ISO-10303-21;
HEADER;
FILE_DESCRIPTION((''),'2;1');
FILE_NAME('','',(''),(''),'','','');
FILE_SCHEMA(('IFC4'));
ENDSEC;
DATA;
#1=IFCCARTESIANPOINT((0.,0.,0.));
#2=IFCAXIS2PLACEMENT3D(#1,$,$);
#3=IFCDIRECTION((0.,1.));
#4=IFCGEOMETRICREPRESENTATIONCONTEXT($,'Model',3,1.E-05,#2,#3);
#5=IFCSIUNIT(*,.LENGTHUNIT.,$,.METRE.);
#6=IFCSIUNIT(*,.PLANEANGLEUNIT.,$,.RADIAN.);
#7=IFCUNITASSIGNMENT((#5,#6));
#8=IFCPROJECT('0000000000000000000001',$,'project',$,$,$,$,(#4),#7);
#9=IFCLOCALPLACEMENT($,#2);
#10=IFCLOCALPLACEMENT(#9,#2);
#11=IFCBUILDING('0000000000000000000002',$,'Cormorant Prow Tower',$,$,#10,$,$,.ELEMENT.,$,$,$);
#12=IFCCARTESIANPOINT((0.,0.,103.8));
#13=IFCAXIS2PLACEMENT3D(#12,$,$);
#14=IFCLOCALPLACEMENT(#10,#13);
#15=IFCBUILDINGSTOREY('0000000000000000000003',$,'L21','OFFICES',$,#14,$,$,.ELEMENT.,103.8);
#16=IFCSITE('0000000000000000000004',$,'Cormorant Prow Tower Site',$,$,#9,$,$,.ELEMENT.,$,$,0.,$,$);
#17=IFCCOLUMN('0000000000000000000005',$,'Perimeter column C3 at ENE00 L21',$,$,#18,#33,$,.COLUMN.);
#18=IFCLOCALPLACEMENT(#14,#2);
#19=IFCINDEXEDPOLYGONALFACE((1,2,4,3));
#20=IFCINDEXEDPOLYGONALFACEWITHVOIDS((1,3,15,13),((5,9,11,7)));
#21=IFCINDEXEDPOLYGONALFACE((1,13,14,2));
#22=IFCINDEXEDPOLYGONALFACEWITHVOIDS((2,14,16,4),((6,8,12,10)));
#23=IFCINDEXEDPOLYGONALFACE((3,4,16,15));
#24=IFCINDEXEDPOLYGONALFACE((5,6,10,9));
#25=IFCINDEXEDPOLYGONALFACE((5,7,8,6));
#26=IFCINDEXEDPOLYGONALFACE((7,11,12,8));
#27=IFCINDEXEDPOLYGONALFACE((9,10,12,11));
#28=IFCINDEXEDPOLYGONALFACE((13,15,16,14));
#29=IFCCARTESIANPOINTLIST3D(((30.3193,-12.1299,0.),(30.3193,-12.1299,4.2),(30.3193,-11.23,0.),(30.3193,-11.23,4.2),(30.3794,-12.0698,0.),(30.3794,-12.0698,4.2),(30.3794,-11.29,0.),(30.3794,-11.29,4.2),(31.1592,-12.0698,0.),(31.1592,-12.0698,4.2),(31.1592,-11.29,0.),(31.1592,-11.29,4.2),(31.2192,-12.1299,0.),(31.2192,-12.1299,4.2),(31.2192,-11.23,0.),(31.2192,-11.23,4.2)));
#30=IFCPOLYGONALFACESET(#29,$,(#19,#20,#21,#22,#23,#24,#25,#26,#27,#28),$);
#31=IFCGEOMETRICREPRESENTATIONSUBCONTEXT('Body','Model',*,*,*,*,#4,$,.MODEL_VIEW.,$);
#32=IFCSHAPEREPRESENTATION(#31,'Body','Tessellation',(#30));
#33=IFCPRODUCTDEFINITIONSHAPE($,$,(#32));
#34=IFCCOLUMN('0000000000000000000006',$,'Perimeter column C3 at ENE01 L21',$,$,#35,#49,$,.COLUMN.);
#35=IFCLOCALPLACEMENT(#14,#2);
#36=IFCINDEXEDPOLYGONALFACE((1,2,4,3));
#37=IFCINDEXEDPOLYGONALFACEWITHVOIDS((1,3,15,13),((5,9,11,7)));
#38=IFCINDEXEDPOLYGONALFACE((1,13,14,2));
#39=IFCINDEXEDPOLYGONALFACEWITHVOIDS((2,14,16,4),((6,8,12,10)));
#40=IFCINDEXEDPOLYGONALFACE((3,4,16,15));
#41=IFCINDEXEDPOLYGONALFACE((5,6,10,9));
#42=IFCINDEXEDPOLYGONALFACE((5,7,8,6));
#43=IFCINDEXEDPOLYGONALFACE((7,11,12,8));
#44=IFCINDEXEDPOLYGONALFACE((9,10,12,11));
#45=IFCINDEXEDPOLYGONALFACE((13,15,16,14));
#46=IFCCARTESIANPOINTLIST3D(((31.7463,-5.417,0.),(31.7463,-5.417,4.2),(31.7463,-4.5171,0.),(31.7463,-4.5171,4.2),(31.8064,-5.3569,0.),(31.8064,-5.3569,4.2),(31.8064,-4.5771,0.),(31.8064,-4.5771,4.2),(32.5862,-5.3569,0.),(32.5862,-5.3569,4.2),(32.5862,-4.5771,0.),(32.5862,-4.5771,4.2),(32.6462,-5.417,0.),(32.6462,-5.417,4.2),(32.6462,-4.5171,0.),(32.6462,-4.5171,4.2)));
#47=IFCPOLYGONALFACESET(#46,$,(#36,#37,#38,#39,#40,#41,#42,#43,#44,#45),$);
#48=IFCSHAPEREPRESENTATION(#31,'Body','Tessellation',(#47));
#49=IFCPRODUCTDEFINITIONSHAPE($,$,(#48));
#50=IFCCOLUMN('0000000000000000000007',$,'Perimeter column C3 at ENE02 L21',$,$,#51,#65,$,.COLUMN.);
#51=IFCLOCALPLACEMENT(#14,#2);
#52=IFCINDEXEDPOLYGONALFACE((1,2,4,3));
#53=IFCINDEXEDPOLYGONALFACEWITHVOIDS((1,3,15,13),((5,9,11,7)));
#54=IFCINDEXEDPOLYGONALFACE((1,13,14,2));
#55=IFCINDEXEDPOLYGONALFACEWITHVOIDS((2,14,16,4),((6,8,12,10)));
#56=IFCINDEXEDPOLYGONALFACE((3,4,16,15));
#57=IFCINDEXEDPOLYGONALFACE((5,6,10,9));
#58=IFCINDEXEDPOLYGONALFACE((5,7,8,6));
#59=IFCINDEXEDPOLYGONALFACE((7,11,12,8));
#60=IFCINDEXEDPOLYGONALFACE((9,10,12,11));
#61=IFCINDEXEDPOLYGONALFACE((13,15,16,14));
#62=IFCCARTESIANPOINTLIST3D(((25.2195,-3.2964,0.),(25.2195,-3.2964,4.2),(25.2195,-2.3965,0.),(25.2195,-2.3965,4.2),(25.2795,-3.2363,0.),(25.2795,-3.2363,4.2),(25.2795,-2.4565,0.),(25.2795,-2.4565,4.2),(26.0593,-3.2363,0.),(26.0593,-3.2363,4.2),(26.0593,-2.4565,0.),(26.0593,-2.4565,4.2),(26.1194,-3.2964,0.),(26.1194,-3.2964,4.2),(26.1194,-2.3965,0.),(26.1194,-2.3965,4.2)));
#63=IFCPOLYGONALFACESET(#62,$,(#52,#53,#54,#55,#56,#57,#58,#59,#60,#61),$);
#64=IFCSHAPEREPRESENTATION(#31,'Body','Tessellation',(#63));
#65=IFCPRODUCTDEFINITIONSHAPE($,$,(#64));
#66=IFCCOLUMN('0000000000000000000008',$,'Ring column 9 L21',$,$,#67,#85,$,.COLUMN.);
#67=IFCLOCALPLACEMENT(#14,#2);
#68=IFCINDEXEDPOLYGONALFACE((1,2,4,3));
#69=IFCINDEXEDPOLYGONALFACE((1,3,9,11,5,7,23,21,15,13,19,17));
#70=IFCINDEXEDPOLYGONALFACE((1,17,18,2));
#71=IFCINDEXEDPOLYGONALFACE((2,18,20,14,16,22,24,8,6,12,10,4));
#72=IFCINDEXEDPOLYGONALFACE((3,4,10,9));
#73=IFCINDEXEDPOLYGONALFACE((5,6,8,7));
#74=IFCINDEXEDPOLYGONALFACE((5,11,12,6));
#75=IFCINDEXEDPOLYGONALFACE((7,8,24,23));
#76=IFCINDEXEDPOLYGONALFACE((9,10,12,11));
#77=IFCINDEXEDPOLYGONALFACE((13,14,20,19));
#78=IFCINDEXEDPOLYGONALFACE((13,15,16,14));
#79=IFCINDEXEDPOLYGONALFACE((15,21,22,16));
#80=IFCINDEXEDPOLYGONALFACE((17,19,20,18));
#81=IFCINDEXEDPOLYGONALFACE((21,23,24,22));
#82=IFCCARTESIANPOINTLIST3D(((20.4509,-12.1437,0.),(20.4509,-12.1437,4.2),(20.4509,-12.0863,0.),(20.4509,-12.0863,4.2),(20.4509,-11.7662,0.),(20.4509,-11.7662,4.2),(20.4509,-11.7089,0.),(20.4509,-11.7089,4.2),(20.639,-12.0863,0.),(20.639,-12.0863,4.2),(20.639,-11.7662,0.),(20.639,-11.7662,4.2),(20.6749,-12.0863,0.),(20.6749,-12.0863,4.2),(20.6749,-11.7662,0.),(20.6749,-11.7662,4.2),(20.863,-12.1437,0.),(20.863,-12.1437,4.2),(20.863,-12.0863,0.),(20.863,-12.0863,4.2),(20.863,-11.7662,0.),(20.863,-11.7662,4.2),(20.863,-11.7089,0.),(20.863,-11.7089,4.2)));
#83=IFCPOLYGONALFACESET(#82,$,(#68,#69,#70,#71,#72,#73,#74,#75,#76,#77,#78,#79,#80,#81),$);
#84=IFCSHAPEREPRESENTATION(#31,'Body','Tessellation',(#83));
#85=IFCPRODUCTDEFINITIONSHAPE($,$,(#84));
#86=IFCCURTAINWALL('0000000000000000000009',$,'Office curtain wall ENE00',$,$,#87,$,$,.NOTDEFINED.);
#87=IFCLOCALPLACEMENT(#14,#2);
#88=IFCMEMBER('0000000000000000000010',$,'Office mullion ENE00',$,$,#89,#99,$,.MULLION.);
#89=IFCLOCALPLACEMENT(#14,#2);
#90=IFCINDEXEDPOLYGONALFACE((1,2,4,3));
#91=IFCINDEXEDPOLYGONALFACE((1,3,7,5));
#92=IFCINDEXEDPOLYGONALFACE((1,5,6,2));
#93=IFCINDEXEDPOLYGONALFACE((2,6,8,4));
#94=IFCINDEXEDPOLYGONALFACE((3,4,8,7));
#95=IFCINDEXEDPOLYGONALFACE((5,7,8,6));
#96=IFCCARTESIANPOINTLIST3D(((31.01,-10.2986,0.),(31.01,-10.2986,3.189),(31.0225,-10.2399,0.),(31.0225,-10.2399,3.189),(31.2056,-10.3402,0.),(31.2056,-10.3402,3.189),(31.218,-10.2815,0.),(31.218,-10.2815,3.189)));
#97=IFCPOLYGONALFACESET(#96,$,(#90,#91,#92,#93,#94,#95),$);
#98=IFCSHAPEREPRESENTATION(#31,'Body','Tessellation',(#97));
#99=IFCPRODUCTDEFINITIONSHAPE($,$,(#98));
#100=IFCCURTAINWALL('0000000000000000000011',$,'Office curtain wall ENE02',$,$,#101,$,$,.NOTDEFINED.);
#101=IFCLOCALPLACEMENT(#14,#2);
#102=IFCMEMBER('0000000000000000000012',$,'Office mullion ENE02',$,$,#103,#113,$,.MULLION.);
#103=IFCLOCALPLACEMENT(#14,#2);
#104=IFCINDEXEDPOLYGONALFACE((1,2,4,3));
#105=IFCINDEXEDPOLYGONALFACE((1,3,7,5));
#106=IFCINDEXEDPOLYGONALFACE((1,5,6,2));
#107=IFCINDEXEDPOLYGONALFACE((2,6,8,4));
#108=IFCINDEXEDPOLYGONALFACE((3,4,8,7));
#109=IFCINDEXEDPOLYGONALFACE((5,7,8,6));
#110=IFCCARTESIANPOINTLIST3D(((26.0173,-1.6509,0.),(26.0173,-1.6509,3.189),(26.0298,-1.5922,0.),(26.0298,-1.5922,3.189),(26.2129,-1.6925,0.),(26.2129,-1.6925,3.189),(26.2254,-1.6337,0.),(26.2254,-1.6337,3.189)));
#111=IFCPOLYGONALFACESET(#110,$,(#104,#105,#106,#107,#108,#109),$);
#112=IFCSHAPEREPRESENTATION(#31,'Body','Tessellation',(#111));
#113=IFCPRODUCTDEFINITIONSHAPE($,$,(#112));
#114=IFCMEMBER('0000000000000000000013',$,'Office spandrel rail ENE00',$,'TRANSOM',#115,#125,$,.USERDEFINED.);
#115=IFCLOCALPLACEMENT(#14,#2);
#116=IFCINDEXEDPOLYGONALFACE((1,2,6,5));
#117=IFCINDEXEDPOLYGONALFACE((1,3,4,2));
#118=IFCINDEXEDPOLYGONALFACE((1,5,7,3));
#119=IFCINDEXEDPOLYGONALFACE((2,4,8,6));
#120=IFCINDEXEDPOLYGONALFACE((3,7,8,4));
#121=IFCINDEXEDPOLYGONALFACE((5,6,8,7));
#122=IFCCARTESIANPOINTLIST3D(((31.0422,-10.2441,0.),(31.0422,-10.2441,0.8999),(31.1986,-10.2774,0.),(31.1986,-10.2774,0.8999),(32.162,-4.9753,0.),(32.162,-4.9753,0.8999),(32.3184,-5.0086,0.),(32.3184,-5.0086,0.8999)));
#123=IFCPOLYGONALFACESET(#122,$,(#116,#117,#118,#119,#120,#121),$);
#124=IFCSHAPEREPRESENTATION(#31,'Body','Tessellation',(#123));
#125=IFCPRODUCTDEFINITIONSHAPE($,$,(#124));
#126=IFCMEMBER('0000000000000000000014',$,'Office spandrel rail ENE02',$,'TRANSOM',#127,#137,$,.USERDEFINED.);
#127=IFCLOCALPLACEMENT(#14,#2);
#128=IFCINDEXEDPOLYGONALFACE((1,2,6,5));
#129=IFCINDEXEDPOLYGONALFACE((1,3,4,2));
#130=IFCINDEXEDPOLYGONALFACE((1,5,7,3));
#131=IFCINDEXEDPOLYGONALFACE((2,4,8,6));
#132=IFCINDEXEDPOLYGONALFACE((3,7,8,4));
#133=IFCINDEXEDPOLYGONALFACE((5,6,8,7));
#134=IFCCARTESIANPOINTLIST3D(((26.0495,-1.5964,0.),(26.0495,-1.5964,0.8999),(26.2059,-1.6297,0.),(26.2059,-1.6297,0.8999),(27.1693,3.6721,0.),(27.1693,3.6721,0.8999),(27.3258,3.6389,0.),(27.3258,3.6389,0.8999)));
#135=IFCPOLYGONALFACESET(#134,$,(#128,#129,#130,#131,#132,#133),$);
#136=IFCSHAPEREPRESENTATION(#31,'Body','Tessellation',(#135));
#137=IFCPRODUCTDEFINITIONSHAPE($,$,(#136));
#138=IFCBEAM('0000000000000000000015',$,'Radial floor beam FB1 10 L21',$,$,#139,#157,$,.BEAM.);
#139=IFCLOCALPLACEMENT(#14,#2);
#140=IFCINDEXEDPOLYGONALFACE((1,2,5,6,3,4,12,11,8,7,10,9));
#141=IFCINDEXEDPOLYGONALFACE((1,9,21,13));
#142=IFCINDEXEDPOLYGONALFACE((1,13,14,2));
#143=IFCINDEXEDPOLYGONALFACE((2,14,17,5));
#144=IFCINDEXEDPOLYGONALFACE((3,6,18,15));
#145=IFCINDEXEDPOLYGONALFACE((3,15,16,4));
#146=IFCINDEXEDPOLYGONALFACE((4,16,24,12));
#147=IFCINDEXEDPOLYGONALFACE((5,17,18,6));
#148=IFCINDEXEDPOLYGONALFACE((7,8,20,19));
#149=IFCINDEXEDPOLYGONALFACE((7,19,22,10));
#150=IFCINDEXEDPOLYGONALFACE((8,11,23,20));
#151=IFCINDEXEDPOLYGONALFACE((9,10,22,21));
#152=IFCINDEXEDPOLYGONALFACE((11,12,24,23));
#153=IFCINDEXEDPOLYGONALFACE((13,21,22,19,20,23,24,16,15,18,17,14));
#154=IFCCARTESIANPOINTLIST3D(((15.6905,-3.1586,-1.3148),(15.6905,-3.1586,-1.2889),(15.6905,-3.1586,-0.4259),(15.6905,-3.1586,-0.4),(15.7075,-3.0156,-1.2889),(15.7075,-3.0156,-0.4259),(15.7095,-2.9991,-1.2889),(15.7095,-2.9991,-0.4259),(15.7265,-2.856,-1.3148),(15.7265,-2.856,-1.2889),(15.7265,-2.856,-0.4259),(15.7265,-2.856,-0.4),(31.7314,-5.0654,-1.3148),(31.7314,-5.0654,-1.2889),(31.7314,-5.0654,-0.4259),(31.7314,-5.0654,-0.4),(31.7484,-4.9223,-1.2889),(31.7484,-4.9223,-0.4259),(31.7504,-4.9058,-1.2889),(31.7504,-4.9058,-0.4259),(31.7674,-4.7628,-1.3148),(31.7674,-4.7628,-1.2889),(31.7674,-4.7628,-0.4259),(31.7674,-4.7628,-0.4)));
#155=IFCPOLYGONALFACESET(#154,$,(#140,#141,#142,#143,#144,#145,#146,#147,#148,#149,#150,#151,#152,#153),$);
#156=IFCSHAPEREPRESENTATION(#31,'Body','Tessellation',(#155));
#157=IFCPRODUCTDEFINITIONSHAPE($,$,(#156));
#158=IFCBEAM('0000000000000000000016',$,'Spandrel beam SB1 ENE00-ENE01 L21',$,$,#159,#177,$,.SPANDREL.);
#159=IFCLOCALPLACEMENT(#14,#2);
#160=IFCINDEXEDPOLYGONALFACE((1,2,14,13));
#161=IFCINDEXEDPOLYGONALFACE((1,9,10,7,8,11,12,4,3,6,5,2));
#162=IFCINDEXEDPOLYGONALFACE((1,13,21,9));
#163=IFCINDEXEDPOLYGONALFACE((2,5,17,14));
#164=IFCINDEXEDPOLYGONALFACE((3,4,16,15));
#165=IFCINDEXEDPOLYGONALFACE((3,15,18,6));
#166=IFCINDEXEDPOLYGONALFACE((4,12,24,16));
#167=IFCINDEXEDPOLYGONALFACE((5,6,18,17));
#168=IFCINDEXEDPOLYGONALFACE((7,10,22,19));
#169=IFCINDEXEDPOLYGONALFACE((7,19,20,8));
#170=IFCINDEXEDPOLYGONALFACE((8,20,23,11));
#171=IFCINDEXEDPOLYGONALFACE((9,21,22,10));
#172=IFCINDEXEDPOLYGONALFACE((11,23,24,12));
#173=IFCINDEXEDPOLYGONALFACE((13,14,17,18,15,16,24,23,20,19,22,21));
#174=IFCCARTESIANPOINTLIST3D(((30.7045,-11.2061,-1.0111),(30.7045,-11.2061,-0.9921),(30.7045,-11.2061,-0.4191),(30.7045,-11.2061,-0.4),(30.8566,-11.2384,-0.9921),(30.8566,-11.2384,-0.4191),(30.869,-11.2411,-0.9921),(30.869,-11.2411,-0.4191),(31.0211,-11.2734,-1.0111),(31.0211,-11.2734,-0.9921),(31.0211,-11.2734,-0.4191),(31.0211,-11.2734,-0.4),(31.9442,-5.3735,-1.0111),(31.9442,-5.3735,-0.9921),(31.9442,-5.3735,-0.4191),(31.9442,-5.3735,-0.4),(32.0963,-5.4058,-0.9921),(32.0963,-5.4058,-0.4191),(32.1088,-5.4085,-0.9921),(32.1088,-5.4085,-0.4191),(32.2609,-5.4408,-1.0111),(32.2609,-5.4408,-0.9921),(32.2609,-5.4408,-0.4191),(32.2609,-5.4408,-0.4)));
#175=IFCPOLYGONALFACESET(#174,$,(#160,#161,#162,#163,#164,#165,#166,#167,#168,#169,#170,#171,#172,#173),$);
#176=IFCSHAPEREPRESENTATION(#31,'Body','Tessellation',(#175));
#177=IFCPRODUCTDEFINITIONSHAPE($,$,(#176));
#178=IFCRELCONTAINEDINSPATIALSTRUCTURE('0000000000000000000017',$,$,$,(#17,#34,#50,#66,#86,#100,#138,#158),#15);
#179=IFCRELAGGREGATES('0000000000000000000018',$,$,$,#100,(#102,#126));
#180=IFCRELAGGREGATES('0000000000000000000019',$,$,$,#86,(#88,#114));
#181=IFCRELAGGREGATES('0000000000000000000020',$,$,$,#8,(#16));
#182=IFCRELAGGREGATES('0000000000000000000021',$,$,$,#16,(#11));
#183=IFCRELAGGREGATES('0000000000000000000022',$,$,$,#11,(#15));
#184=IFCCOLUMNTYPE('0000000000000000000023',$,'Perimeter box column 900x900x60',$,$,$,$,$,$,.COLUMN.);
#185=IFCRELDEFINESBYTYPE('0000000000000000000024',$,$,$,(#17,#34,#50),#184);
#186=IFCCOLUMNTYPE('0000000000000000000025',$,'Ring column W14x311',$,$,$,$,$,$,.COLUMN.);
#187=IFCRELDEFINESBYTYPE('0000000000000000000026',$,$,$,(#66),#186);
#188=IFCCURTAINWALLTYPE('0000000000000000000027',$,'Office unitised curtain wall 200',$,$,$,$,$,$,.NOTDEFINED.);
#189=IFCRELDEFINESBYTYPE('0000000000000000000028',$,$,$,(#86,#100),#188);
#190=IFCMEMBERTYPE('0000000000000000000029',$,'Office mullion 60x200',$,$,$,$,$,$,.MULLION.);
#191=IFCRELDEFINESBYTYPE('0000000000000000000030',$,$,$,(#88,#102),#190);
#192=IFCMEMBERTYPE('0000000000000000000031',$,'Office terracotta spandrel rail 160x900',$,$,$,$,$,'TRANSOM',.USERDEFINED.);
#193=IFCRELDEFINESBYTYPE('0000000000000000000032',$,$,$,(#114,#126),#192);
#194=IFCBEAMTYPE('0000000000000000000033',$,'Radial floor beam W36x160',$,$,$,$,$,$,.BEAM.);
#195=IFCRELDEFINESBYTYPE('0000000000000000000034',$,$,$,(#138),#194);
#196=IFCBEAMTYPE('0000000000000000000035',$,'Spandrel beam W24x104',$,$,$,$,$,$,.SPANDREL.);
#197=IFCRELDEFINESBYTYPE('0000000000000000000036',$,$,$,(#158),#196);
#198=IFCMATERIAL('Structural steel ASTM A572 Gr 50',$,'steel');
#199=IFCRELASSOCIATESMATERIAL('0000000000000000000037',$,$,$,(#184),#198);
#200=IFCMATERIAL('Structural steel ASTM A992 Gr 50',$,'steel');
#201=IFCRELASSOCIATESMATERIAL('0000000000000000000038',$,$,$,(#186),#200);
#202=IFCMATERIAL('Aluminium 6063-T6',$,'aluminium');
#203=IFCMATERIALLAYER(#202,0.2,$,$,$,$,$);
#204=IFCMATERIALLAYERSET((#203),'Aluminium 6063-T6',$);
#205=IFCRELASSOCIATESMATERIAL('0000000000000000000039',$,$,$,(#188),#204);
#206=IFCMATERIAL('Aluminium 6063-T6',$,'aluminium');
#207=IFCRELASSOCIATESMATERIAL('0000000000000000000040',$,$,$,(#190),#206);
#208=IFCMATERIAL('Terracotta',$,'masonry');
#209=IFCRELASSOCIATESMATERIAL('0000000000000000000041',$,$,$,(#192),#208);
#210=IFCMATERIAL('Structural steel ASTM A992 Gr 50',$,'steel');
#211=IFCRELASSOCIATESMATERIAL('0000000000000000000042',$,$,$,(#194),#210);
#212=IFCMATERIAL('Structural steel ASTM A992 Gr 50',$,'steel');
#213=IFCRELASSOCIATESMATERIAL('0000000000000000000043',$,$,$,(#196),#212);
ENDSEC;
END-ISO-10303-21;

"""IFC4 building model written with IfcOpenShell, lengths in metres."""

from ifc_helpers import new_model, si_unit, direction, frame, origin, origin_2d, place, context, subcontext, project, spatial, rectangle, hollow_rectangle, i_section, extrude, material, layer, layer_set, material_profile, profile_set, type_object, element, aggregate, save


model = new_model("IFC4")

# Units and contexts
model_context = context("Model", 3, precision=1e-05, world=origin(), true_north=direction((0.0, 1.0)))
body_context = subcontext(model_context, "Body", "Model", "MODEL_VIEW")
ifc_project = project(units=[si_unit("LENGTHUNIT", "METRE"), si_unit("PLANEANGLEUNIT", "RADIAN")], contexts=[model_context])

# Site, building, storey
site_placement = place(None, origin())
site = spatial("IfcSite", under=ifc_project, at=site_placement, Name="Cormorant Prow Tower Site", CompositionType="ELEMENT", RefElevation=0.0)
building_placement = place(site_placement, origin())
building = spatial("IfcBuilding", under=site, at=building_placement, Name="Cormorant Prow Tower", CompositionType="ELEMENT")
storey_placement = place(building_placement, frame((0.0, 0.0, 103.8)))
storey = spatial("IfcBuildingStorey", under=building, at=storey_placement, Name="L21", Description="OFFICES", CompositionType="ELEMENT", Elevation=103.8)

# Columns
ifc_material_1 = material(Name="Structural steel ASTM A572 Gr 50", Category="steel")
ifc_material_profile_1 = material_profile(ifc_material_1, hollow_rectangle(XDim=0.8999, YDim=0.8999, WallThickness=0.0601, at=origin_2d()), Name="Box 900x900x60")
ifc_profile_set_1 = profile_set([ifc_material_profile_1], Name="Structural steel ASTM A572 Gr 50")
column_type_1 = type_object("IfcColumnType", Name="Perimeter box column 900x900x60", PredefinedType="COLUMN", material=ifc_profile_set_1)
for number, where, z_axis, x_axis, name in (
    (1, (30.7693, -11.6799, 0.0), (0.0, 0.0, 1.0), (1.0, 0.0, 0.0), "Perimeter column C3 at ENE00 L21"),
    (2, (32.1963, -4.967, 0.0), (0.0, 0.0, 1.0), (1.0, 0.0, 0.0), "Perimeter column C3 at ENE01 L21"),
    (3, (25.6694, -2.8464, 0.0), (0.0, 0.0, 1.0), (1.0, 0.0, 0.0), "Perimeter column C3 at ENE02 L21"),
):
    element("IfcColumn", number, at=place(storey_placement, frame(where, z_axis=z_axis, x_axis=x_axis)), inside=storey, type_object=column_type_1, Name=name, PredefinedType="COLUMN", context=body_context, shape_type="SweptSolid", body=[
        extrude(hollow_rectangle(XDim=0.8999, YDim=0.8999, WallThickness=0.0601, at=origin_2d()), origin(), (0.0, 0.0, 1.0), 4.2),
    ])
ifc_material_2 = material(Name="Structural steel ASTM A992 Gr 50", Category="steel")
ifc_material_profile_2 = material_profile(ifc_material_2, i_section(OverallWidth=0.4121, OverallDepth=0.4348, WebThickness=0.0359, FlangeThickness=0.0574, at=origin_2d()), Name="W14x311")
ifc_profile_set_2 = profile_set([ifc_material_profile_2], Name="Structural steel ASTM A992 Gr 50")
column_type_2 = type_object("IfcColumnType", Name="Ring column W14x311", PredefinedType="COLUMN", material=ifc_profile_set_2)
column_placement = place(storey_placement, frame((20.657, -11.9263, 0.0), z_axis=(0.0, 0.0, 1.0), x_axis=(1.0, 0.0, 0.0)))
element("IfcColumn", 4, at=column_placement, inside=storey, type_object=column_type_2, Name="Ring column 9 L21", PredefinedType="COLUMN", context=body_context, shape_type="SweptSolid", body=[
    extrude(i_section(OverallWidth=0.4121, OverallDepth=0.4348, WebThickness=0.0359, FlangeThickness=0.0574, at=origin_2d()), origin(), (0.0, 0.0, 1.0), 4.2),
])

# Curtain walls, members
ifc_material_3 = material(Name="Aluminium 6063-T6", Category="aluminium")
ifc_layer_1 = layer(ifc_material_3, 0.2)
ifc_layer_set_1 = layer_set([ifc_layer_1], Name="Aluminium 6063-T6")
curtain_wall_type = type_object("IfcCurtainWallType", Name="Office unitised curtain wall 200", PredefinedType="NOTDEFINED", material=ifc_layer_set_1)
curtain_wall_1_placement = place(storey_placement, origin())
curtain_wall_1 = element("IfcCurtainWall", 5, at=curtain_wall_1_placement, inside=storey, type_object=curtain_wall_type, Name="Office curtain wall ENE00", PredefinedType="NOTDEFINED")
ifc_material_4 = material(Name="Aluminium 6063-T6", Category="aluminium")
ifc_material_profile_3 = material_profile(ifc_material_4, rectangle(XDim=0.2, YDim=0.0601, at=origin_2d()), Name="Office mullion 60x200")
ifc_profile_set_3 = profile_set([ifc_material_profile_3], Name="Aluminium 6063-T6")
member_type_1 = type_object("IfcMemberType", Name="Office mullion 60x200", PredefinedType="MULLION", material=ifc_profile_set_3)
member_1_placement = place(storey_placement, frame((31.114, -10.29, 0.0), z_axis=(0.0, 0.0, 1.0), x_axis=(-0.978148, 0.207912, 0.0)))
member_1 = element("IfcMember", 6, at=member_1_placement, type_object=member_type_1, Name="Office mullion ENE00", PredefinedType="MULLION", context=body_context, shape_type="SweptSolid", body=[
    extrude(rectangle(XDim=0.2, YDim=0.0601, at=origin_2d()), origin(), (0.0, 0.0, 1.0), 3.189),
])
curtain_wall_2_placement = place(storey_placement, origin())
curtain_wall_2 = element("IfcCurtainWall", 7, at=curtain_wall_2_placement, inside=storey, type_object=curtain_wall_type, Name="Office curtain wall ENE02", PredefinedType="NOTDEFINED")
member_2_placement = place(storey_placement, frame((26.1213, -1.6423, 0.0), z_axis=(0.0, 0.0, 1.0), x_axis=(-0.978148, 0.207912, 0.0)))
member_2 = element("IfcMember", 8, at=member_2_placement, type_object=member_type_1, Name="Office mullion ENE02", PredefinedType="MULLION", context=body_context, shape_type="SweptSolid", body=[
    extrude(rectangle(XDim=0.2, YDim=0.0601, at=origin_2d()), origin(), (0.0, 0.0, 1.0), 3.189),
])

# Members
ifc_material_5 = material(Name="Terracotta", Category="masonry")
ifc_material_profile_4 = material_profile(ifc_material_5, rectangle(XDim=0.1599, YDim=0.8999, at=origin_2d()), Name="Office terracotta spandrel rail 160x900")
ifc_profile_set_4 = profile_set([ifc_material_profile_4], Name="Terracotta")
member_type_2 = type_object("IfcMemberType", Name="Office terracotta spandrel rail 160x900", ElementType="TRANSOM", PredefinedType="USERDEFINED", material=ifc_profile_set_4)
member_3_placement = place(storey_placement, frame((31.1204, -10.2607, 0.45), z_axis=(0.207904, 0.978149, 0.0), x_axis=(-0.978149, 0.207904, 0.0)))
member_3 = element("IfcMember", 9, at=member_3_placement, type_object=member_type_2, Name="Office spandrel rail ENE00", ObjectType="TRANSOM", PredefinedType="USERDEFINED", context=body_context, shape_type="SweptSolid", body=[
    extrude(rectangle(XDim=0.1599, YDim=0.8999, at=origin_2d()), origin(), (0.0, 0.0, 1.0), 5.3865),
])
member_4_placement = place(storey_placement, frame((26.1277, -1.613, 0.45), z_axis=(0.207913, 0.978147, 0.0), x_axis=(-0.978147, 0.207913, 0.0)))
member_4 = element("IfcMember", 10, at=member_4_placement, type_object=member_type_2, Name="Office spandrel rail ENE02", ObjectType="TRANSOM", PredefinedType="USERDEFINED", context=body_context, shape_type="SweptSolid", body=[
    extrude(rectangle(XDim=0.1599, YDim=0.8999, at=origin_2d()), origin(), (0.0, 0.0, 1.0), 5.3862),
])
aggregate(curtain_wall_2, [member_2, member_4])

# Beams
ifc_material_6 = material(Name="Structural steel ASTM A992 Gr 50", Category="steel")
ifc_material_profile_5 = material_profile(ifc_material_6, i_section(OverallWidth=0.3047, OverallDepth=0.9148, WebThickness=0.0166, FlangeThickness=0.0259, at=origin_2d()), Name="W36x160")
ifc_profile_set_5 = profile_set([ifc_material_profile_5], Name="Structural steel ASTM A992 Gr 50")
beam_type_1 = type_object("IfcBeamType", Name="Radial floor beam W36x160", PredefinedType="BEAM", material=ifc_profile_set_5)
beam_1_placement = place(storey_placement, frame((15.7085, -3.0073, -0.8574), z_axis=(0.993009, -0.118037, 0.0), x_axis=(0.118037, 0.993009, 0.0)))
element("IfcBeam", 11, at=beam_1_placement, inside=storey, type_object=beam_type_1, Name="Radial floor beam FB1 10 L21", PredefinedType="BEAM", context=body_context, shape_type="SweptSolid", body=[
    extrude(i_section(OverallWidth=0.3047, OverallDepth=0.9148, WebThickness=0.0166, FlangeThickness=0.0259, at=origin_2d()), origin(), (0.0, 0.0, 1.0), 16.1538),
])
ifc_material_7 = material(Name="Structural steel ASTM A992 Gr 50", Category="steel")
ifc_material_profile_6 = material_profile(ifc_material_7, i_section(OverallWidth=0.3237, OverallDepth=0.6111, WebThickness=0.0127, FlangeThickness=0.019, at=origin_2d()), Name="W24x104")
ifc_profile_set_6 = profile_set([ifc_material_profile_6], Name="Structural steel ASTM A992 Gr 50")
beam_type_2 = type_object("IfcBeamType", Name="Spandrel beam W24x104", PredefinedType="SPANDREL", material=ifc_profile_set_6)
beam_2_placement = place(storey_placement, frame((30.8628, -11.2397, -0.7056), z_axis=(0.207913, 0.978147, 0.0), x_axis=(-0.978147, 0.207913, 0.0)))
element("IfcBeam", 12, at=beam_2_placement, inside=storey, type_object=beam_type_2, Name="Spandrel beam SB1 ENE00-ENE01 L21", PredefinedType="SPANDREL", context=body_context, shape_type="SweptSolid", body=[
    extrude(i_section(OverallWidth=0.3237, OverallDepth=0.6111, WebThickness=0.0127, FlangeThickness=0.019, at=origin_2d()), origin(), (0.0, 0.0, 1.0), 5.9629),
])

aggregate(curtain_wall_1, [member_1, member_3])

save(model, "model.ifc")
